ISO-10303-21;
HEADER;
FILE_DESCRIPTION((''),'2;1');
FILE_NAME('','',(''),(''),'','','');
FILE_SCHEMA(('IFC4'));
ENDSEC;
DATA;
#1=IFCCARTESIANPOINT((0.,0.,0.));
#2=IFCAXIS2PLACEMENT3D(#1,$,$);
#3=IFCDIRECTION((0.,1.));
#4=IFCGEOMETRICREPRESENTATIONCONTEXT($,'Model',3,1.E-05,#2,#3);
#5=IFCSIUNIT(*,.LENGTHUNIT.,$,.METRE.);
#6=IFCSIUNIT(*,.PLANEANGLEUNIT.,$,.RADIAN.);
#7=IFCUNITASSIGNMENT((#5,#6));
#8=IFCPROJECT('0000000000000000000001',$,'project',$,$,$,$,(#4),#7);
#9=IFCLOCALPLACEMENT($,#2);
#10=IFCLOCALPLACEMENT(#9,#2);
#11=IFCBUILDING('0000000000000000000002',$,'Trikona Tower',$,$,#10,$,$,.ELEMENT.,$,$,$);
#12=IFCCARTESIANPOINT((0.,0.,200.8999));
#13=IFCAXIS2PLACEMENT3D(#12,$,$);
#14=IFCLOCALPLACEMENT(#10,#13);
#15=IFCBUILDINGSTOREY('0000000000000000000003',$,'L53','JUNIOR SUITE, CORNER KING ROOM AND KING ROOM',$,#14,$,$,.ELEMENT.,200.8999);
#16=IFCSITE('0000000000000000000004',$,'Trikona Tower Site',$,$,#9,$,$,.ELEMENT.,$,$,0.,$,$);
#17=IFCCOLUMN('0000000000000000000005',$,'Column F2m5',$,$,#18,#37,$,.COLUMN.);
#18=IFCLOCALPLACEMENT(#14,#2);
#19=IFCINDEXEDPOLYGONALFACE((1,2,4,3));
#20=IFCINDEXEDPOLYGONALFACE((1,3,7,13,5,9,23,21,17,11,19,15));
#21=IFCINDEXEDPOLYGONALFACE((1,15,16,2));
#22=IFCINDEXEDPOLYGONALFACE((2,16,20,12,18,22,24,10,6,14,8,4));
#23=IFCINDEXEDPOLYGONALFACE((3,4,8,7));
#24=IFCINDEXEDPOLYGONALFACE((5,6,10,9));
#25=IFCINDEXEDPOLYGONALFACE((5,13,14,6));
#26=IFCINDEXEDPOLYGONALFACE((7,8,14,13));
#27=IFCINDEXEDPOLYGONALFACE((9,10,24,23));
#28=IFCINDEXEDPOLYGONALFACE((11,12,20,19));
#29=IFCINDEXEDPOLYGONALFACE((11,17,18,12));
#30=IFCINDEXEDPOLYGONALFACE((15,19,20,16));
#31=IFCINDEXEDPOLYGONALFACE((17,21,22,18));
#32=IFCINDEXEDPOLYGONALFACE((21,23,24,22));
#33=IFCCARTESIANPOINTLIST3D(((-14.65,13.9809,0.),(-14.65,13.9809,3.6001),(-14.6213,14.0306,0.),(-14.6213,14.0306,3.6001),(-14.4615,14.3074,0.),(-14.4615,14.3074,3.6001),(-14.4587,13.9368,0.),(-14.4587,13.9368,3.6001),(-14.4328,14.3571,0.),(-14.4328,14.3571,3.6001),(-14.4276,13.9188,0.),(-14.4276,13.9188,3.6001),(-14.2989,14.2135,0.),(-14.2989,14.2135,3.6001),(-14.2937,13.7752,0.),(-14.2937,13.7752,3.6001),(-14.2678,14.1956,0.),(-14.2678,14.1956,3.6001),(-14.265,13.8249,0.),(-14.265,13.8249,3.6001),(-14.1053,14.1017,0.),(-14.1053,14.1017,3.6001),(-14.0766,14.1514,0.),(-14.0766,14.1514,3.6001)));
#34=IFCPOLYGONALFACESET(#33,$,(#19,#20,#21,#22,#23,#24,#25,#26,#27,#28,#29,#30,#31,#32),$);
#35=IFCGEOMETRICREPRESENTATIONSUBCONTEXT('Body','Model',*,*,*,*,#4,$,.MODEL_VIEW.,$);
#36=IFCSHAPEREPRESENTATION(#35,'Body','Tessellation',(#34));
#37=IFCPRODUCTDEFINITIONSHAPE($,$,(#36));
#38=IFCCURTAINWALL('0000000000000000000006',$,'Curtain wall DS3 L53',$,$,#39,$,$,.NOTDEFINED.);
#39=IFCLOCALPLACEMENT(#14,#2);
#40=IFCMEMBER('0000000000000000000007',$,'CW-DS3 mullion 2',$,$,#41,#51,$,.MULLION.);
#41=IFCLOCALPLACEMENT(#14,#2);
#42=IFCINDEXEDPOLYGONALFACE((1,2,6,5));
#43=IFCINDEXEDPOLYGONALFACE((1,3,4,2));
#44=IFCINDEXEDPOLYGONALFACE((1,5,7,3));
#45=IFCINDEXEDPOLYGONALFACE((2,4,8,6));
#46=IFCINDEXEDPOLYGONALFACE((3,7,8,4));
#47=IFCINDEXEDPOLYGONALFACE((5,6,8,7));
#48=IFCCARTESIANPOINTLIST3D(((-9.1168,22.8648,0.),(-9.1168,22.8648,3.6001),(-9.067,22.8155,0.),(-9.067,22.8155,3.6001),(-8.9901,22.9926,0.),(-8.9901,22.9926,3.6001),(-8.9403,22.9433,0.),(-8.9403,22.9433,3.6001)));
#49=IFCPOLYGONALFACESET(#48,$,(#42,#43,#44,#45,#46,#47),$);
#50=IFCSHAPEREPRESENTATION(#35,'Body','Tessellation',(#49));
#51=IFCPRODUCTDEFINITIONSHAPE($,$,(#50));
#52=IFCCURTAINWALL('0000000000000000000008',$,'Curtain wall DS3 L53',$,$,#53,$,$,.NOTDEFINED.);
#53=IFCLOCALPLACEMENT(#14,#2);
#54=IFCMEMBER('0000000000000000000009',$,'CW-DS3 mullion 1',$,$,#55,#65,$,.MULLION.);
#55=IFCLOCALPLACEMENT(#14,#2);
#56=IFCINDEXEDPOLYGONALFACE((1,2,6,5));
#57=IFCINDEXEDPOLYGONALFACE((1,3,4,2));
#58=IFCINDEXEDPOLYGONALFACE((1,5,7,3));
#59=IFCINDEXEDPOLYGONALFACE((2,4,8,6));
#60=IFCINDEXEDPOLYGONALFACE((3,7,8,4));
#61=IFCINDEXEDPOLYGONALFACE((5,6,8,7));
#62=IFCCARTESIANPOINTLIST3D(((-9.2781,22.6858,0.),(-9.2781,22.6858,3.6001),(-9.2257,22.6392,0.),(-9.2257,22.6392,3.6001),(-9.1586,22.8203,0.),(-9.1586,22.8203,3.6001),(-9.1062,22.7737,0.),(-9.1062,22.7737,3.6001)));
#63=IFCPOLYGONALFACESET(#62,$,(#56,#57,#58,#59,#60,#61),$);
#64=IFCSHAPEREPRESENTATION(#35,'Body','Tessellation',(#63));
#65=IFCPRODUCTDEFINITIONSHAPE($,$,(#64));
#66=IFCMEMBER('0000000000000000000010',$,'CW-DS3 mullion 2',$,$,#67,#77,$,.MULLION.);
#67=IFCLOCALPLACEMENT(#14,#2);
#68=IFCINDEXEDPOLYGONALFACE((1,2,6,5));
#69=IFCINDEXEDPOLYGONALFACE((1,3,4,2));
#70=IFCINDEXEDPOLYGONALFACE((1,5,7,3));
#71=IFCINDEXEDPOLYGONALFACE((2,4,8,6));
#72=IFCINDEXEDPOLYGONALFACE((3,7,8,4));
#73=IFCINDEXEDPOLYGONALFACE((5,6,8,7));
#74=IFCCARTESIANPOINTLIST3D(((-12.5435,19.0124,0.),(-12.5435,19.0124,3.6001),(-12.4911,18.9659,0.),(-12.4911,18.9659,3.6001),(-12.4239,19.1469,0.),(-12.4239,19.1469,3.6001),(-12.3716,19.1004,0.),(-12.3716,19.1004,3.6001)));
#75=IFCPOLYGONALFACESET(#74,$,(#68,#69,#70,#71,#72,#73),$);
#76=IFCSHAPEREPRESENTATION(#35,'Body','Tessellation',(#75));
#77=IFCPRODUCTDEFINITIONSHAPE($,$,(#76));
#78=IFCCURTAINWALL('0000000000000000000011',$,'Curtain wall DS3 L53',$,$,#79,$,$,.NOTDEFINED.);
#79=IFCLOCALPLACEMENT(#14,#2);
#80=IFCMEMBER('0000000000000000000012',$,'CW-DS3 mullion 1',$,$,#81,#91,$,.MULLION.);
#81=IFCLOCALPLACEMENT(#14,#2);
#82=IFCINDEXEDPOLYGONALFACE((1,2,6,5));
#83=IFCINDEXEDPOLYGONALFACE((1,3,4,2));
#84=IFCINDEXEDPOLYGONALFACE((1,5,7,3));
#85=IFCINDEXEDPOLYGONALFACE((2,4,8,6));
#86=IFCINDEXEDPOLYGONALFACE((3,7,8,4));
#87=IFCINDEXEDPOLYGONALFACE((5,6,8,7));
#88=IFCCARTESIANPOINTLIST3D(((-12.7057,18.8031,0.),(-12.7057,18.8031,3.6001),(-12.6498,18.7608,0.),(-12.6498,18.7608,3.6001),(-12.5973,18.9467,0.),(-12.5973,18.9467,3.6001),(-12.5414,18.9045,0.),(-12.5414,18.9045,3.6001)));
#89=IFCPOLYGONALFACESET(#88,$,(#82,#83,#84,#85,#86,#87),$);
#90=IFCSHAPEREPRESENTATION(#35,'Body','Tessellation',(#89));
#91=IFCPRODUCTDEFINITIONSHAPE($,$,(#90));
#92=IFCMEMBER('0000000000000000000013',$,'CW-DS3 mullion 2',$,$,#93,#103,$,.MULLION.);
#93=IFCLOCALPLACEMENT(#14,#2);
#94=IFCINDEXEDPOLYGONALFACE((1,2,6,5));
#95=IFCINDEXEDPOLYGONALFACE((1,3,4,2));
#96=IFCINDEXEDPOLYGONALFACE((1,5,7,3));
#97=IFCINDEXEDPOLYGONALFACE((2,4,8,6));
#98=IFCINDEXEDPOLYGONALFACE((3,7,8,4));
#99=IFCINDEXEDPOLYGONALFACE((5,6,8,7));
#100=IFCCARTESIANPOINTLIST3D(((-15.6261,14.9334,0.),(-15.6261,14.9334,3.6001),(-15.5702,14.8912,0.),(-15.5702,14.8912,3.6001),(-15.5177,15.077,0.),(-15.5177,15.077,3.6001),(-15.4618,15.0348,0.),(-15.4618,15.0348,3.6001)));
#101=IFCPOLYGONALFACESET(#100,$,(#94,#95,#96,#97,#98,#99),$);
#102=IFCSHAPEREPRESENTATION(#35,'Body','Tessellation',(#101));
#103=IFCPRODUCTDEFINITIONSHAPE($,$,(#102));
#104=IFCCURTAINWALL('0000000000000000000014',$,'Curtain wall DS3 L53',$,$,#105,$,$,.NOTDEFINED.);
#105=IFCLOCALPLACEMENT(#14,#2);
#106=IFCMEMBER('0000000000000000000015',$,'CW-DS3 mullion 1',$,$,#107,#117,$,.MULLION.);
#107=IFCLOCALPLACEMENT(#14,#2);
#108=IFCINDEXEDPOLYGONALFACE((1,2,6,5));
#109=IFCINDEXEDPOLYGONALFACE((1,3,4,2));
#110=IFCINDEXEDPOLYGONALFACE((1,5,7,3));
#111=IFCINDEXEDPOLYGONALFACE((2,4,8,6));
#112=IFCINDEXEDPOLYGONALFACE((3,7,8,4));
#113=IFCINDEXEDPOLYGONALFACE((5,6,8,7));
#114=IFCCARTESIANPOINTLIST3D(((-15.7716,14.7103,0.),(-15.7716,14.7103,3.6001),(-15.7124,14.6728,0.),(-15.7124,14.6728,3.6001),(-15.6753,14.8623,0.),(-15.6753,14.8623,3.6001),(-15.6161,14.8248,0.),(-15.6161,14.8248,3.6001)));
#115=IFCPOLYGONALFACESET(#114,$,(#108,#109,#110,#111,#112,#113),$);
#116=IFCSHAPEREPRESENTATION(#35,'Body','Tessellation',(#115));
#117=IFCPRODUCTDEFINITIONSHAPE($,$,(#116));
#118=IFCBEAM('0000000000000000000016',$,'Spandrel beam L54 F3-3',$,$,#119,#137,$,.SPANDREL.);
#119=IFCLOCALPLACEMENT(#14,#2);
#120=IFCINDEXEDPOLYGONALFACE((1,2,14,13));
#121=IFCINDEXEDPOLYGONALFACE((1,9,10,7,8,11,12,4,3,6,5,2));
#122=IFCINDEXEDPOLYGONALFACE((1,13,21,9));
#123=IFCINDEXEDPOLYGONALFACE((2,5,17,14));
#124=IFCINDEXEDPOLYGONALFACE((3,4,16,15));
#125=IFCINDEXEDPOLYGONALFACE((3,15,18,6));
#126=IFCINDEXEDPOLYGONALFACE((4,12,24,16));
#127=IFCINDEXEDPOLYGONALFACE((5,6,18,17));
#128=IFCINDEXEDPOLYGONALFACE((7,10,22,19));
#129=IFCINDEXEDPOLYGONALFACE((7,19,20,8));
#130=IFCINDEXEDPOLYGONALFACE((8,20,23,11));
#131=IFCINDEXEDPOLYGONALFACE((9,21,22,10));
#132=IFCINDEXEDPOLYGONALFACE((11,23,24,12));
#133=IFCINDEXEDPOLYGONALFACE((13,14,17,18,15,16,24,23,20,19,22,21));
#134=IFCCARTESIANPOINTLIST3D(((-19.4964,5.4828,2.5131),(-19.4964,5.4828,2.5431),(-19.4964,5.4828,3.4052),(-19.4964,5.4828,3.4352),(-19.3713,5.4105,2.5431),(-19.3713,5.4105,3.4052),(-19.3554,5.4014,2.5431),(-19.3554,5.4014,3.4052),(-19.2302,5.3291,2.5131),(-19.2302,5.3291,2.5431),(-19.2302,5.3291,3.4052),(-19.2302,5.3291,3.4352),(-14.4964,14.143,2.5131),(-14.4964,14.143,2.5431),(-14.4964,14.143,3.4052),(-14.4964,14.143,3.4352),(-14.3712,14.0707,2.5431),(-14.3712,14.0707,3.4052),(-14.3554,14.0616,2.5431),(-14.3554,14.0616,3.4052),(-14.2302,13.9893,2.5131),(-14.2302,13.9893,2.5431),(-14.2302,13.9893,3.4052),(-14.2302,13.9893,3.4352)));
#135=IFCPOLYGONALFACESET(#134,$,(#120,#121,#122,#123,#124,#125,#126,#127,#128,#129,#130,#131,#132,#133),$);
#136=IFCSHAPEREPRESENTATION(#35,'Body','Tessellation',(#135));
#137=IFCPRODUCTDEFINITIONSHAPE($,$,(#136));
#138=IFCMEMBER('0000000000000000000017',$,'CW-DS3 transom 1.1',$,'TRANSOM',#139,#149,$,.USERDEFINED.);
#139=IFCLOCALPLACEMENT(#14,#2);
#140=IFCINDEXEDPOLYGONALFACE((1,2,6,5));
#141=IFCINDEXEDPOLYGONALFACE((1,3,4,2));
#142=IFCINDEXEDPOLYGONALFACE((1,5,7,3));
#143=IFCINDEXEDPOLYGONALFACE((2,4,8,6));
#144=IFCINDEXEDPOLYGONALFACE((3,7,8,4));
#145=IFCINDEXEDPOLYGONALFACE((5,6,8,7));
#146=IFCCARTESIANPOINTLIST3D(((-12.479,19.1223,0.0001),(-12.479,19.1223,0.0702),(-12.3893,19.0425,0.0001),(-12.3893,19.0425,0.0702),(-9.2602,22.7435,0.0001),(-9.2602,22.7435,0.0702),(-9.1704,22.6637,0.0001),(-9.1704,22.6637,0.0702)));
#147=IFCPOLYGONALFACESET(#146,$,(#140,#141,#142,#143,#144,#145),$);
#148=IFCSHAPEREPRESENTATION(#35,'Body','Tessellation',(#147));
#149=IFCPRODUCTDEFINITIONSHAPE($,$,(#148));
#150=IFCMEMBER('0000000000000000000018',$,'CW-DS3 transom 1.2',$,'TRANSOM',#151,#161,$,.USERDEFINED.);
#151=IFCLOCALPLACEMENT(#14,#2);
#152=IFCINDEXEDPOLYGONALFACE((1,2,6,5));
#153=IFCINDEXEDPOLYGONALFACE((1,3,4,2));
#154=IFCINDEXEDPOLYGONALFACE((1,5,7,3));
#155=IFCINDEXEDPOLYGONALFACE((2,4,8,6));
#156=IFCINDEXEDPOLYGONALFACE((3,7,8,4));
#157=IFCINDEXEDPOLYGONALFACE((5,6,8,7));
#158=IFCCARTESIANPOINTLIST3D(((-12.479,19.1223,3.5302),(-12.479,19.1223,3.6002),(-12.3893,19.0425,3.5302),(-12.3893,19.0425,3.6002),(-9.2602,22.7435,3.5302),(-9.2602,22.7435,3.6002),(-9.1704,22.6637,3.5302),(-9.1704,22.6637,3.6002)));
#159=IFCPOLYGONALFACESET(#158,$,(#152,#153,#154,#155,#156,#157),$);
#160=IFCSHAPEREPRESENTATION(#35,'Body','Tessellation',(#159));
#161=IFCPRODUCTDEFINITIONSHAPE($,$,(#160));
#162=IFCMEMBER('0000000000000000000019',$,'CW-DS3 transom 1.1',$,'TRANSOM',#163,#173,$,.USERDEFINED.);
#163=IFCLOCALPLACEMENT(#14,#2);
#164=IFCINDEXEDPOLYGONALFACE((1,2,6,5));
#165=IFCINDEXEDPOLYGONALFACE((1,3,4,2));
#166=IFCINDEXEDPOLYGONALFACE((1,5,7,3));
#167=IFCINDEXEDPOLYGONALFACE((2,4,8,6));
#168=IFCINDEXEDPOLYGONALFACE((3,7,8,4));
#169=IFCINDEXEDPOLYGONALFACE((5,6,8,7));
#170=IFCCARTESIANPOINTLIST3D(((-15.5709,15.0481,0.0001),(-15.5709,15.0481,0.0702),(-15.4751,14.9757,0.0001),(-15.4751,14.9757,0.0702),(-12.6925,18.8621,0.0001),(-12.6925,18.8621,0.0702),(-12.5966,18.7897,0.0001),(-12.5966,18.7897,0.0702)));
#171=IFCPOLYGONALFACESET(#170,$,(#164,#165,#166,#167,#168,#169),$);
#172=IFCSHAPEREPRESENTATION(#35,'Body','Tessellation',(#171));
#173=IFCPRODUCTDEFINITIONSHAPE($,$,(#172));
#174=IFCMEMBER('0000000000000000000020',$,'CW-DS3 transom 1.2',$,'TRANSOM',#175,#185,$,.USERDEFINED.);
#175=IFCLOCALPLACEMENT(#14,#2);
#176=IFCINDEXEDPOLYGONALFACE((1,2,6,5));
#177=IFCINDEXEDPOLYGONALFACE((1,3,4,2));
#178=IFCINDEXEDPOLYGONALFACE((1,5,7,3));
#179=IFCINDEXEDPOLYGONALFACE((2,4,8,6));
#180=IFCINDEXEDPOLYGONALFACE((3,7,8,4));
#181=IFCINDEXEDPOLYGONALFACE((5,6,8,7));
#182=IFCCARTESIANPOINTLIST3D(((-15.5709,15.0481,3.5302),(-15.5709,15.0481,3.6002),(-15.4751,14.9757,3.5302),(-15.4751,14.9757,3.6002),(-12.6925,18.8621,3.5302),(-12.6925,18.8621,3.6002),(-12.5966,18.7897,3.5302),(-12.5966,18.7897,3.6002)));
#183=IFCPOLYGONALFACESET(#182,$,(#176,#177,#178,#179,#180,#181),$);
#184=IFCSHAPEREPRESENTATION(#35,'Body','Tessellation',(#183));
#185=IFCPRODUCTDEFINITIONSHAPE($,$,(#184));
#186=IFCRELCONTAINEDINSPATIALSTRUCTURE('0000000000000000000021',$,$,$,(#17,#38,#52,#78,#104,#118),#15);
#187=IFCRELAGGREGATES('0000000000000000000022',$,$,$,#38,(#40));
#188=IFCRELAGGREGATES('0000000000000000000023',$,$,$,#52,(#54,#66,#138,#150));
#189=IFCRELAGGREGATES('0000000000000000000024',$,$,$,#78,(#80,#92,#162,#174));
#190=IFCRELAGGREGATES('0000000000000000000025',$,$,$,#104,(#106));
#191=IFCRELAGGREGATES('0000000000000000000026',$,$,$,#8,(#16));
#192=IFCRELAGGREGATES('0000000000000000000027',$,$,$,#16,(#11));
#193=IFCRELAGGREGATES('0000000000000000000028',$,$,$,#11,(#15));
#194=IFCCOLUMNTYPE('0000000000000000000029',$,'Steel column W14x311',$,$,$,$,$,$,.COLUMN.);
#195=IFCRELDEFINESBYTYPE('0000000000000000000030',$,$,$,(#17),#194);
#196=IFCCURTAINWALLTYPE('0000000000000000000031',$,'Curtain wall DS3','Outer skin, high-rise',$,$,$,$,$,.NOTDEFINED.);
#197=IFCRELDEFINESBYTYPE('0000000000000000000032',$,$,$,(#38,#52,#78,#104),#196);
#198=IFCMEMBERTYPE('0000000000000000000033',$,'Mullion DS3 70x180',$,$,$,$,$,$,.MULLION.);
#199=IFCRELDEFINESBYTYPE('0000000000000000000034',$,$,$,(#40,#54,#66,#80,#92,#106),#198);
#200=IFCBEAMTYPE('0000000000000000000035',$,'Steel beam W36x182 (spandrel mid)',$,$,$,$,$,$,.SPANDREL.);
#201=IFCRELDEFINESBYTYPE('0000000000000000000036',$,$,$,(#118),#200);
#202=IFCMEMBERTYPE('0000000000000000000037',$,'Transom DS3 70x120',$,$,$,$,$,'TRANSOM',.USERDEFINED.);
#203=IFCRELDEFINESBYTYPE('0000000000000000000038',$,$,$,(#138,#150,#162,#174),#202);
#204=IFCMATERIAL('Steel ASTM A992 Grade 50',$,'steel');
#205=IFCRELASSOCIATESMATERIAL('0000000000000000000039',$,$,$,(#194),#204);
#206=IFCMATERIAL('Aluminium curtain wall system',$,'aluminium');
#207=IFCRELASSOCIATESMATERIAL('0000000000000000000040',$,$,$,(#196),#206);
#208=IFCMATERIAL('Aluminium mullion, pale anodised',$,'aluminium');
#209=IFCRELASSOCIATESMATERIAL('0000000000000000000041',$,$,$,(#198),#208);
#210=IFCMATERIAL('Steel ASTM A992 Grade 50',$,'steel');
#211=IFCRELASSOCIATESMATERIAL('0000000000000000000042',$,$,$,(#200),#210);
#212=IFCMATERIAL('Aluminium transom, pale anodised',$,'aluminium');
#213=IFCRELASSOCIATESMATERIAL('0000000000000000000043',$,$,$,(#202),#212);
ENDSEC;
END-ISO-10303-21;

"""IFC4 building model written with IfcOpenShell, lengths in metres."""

from ifc_helpers import new_model, si_unit, direction, frame, origin, origin_2d, place, context, subcontext, project, spatial, rectangle, i_section, extrude, material, material_profile, profile_set, type_object, element, aggregate, save


model = new_model("IFC4")

# Units and contexts
model_context = context("Model", 3, precision=1e-05, world=origin(), true_north=direction((0.0, 1.0)))
body_context = subcontext(model_context, "Body", "Model", "MODEL_VIEW")
ifc_project = project(units=[si_unit("LENGTHUNIT", "METRE"), si_unit("PLANEANGLEUNIT", "RADIAN")], contexts=[model_context])

# Site, building, storey
site_placement = place(None, origin())
site = spatial("IfcSite", under=ifc_project, at=site_placement, Name="Trikona Tower Site", CompositionType="ELEMENT", RefElevation=0.0)
building_placement = place(site_placement, origin())
building = spatial("IfcBuilding", under=site, at=building_placement, Name="Trikona Tower", CompositionType="ELEMENT")
storey_placement = place(building_placement, frame((0.0, 0.0, 200.8999)))
storey = spatial("IfcBuildingStorey", under=building, at=storey_placement, Name="L53", Description="JUNIOR SUITE, CORNER KING ROOM AND KING ROOM", CompositionType="ELEMENT", Elevation=200.8999)

# Column
ifc_material_1 = material(Name="Steel ASTM A992 Grade 50", Category="steel")
ifc_material_profile_1 = material_profile(ifc_material_1, i_section(OverallWidth=0.4114, OverallDepth=0.4343, WebThickness=0.0359, FlangeThickness=0.0574, at=origin_2d()), Name="W14X311")
ifc_profile_set_1 = profile_set([ifc_material_profile_1], Name="Steel ASTM A992 Grade 50")
column_type = type_object("IfcColumnType", Name="Steel column W14x311", PredefinedType="COLUMN", material=ifc_profile_set_1)
column_placement = place(storey_placement, frame((-14.3633, 14.0662, 0.0), z_axis=(0.0, 0.0, 1.0), x_axis=(-0.866025, 0.5, 0.0)))
element("IfcColumn", 1, at=column_placement, inside=storey, type_object=column_type, Name="Column F2m5", PredefinedType="COLUMN", context=body_context, shape_type="SweptSolid", body=[
    extrude(i_section(OverallWidth=0.4114, OverallDepth=0.4343, WebThickness=0.0359, FlangeThickness=0.0574, at=origin_2d()), origin(), (0.0, 0.0, 1.0), 3.6001),
])

# Curtain wall, member
ifc_material_2 = material(Name="Aluminium curtain wall system", Category="aluminium")
curtain_wall_type = type_object("IfcCurtainWallType", Name="Curtain wall DS3", Description="Outer skin, high-rise", PredefinedType="NOTDEFINED", material=ifc_material_2)
curtain_wall_1_placement = place(storey_placement, origin())
curtain_wall_1 = element("IfcCurtainWall", 2, at=curtain_wall_1_placement, inside=storey, type_object=curtain_wall_type, Name="Curtain wall DS3 L53", PredefinedType="NOTDEFINED")
ifc_material_3 = material(Name="Aluminium mullion, pale anodised", Category="aluminium")
ifc_material_profile_2 = material_profile(ifc_material_3, rectangle(XDim=0.0701, YDim=0.1799, at=origin_2d()), Name="MUL-DS3")
ifc_profile_set_2 = profile_set([ifc_material_profile_2], Name="Aluminium mullion, pale anodised")
member_type_1 = type_object("IfcMemberType", Name="Mullion DS3 70x180", PredefinedType="MULLION", material=ifc_profile_set_2)
member_1_placement = place(storey_placement, frame((-9.0286, 22.9041, 0.0), z_axis=(0.0, 0.0, 1.0), x_axis=(0.710052, -0.704149, 0.0)))
member_1 = element("IfcMember", 3, at=member_1_placement, type_object=member_type_1, Name="CW-DS3 mullion 2", PredefinedType="MULLION", context=body_context, shape_type="SweptSolid", body=[
    extrude(rectangle(XDim=0.0701, YDim=0.1799, at=origin_2d()), origin(), (0.0, 0.0, 1.0), 3.6001),
])
aggregate(curtain_wall_1, [member_1])

# Curtain walls, members
curtain_wall_2_placement = place(storey_placement, origin())
curtain_wall_2 = element("IfcCurtainWall", 4, at=curtain_wall_2_placement, inside=storey, type_object=curtain_wall_type, Name="Curtain wall DS3 L53", PredefinedType="NOTDEFINED")
member_2_placement = place(storey_placement, frame((-9.1921, 22.7297, 0.0), z_axis=(0.0, 0.0, 1.0), x_axis=(0.747403, -0.664371, 0.0)))
member_2 = element("IfcMember", 5, at=member_2_placement, type_object=member_type_1, Name="CW-DS3 mullion 1", PredefinedType="MULLION", context=body_context, shape_type="SweptSolid", body=[
    extrude(rectangle(XDim=0.0701, YDim=0.1799, at=origin_2d()), origin(), (0.0, 0.0, 1.0), 3.6001),
])
member_3_placement = place(storey_placement, frame((-12.4575, 19.0564, 0.0), z_axis=(0.0, 0.0, 1.0), x_axis=(0.747403, -0.664371, 0.0)))
member_3 = element("IfcMember", 6, at=member_3_placement, type_object=member_type_1, Name="CW-DS3 mullion 2", PredefinedType="MULLION", context=body_context, shape_type="SweptSolid", body=[
    extrude(rectangle(XDim=0.0701, YDim=0.1799, at=origin_2d()), origin(), (0.0, 0.0, 1.0), 3.6001),
])
curtain_wall_3_placement = place(storey_placement, origin())
curtain_wall_3 = element("IfcCurtainWall", 7, at=curtain_wall_3_placement, inside=storey, type_object=curtain_wall_type, Name="Curtain wall DS3 L53", PredefinedType="NOTDEFINED")
member_4_placement = place(storey_placement, frame((-12.6235, 18.8538, 0.0), z_axis=(0.0, 0.0, 1.0), x_axis=(0.798193, -0.602402, 0.0)))
member_4 = element("IfcMember", 8, at=member_4_placement, type_object=member_type_1, Name="CW-DS3 mullion 1", PredefinedType="MULLION", context=body_context, shape_type="SweptSolid", body=[
    extrude(rectangle(XDim=0.0701, YDim=0.1799, at=origin_2d()), origin(), (0.0, 0.0, 1.0), 3.6001),
])
member_5_placement = place(storey_placement, frame((-15.5439, 14.9841, 0.0), z_axis=(0.0, 0.0, 1.0), x_axis=(0.798193, -0.602402, 0.0)))
member_5 = element("IfcMember", 9, at=member_5_placement, type_object=member_type_1, Name="CW-DS3 mullion 2", PredefinedType="MULLION", context=body_context, shape_type="SweptSolid", body=[
    extrude(rectangle(XDim=0.0701, YDim=0.1799, at=origin_2d()), origin(), (0.0, 0.0, 1.0), 3.6001),
])

# Curtain wall, member
curtain_wall_4_placement = place(storey_placement, origin())
curtain_wall_4 = element("IfcCurtainWall", 10, at=curtain_wall_4_placement, inside=storey, type_object=curtain_wall_type, Name="Curtain wall DS3 L53", PredefinedType="NOTDEFINED")
member_6_placement = place(storey_placement, frame((-15.6938, 14.7676, 0.0), z_axis=(0.0, 0.0, 1.0), x_axis=(0.844727, -0.535197, 0.0)))
member_6 = element("IfcMember", 11, at=member_6_placement, type_object=member_type_1, Name="CW-DS3 mullion 1", PredefinedType="MULLION", context=body_context, shape_type="SweptSolid", body=[
    extrude(rectangle(XDim=0.0701, YDim=0.1799, at=origin_2d()), origin(), (0.0, 0.0, 1.0), 3.6001),
])

# Beam
ifc_material_4 = material(Name="Steel ASTM A992 Grade 50", Category="steel")
ifc_material_profile_3 = material_profile(ifc_material_4, i_section(OverallWidth=0.3074, OverallDepth=0.9221, WebThickness=0.0183, FlangeThickness=0.03, at=origin_2d()), Name="W36X182")
ifc_profile_set_3 = profile_set([ifc_material_profile_3], Name="Steel ASTM A992 Grade 50")
beam_type = type_object("IfcBeamType", Name="Steel beam W36x182 (spandrel mid)", PredefinedType="SPANDREL", material=ifc_profile_set_3)
beam_placement = place(storey_placement, frame((-14.3633, 14.0662, 2.9741), z_axis=(-0.500004, -0.866023, 0.0), x_axis=(0.866023, -0.500004, 0.0)))
element("IfcBeam", 12, at=beam_placement, inside=storey, type_object=beam_type, Name="Spandrel beam L54 F3-3", PredefinedType="SPANDREL", context=body_context, shape_type="SweptSolid", body=[
    extrude(i_section(OverallWidth=0.3074, OverallDepth=0.9221, WebThickness=0.0183, FlangeThickness=0.03, at=origin_2d()), origin(), (0.0, 0.0, 1.0), 10.0),
])

# Members
ifc_material_5 = material(Name="Aluminium transom, pale anodised", Category="aluminium")
ifc_material_profile_4 = material_profile(ifc_material_5, rectangle(XDim=0.1201, YDim=0.0701, at=origin_2d()), Name="TRN-DS3")
ifc_profile_set_4 = profile_set([ifc_material_profile_4], Name="Aluminium transom, pale anodised")
member_type_2 = type_object("IfcMemberType", Name="Transom DS3 70x120", ElementType="TRANSOM", PredefinedType="USERDEFINED", material=ifc_profile_set_4)
member_7_placement = place(storey_placement, frame((-9.2153, 22.7036, 0.0352), z_axis=(-0.664364, -0.747409, 0.0), x_axis=(0.747409, -0.664364, 0.0)))
member_7 = element("IfcMember", 13, at=member_7_placement, type_object=member_type_2, Name="CW-DS3 transom 1.1", ObjectType="TRANSOM", PredefinedType="USERDEFINED", context=body_context, shape_type="SweptSolid", body=[
    extrude(rectangle(XDim=0.1201, YDim=0.0701, at=origin_2d()), origin(), (0.0, 0.0, 1.0), 4.845),
])
member_8_placement = place(storey_placement, frame((-9.2153, 22.7036, 3.5652), z_axis=(-0.664364, -0.747409, 0.0), x_axis=(0.747409, -0.664364, 0.0)))
member_8 = element("IfcMember", 14, at=member_8_placement, type_object=member_type_2, Name="CW-DS3 transom 1.2", ObjectType="TRANSOM", PredefinedType="USERDEFINED", context=body_context, shape_type="SweptSolid", body=[
    extrude(rectangle(XDim=0.1201, YDim=0.0701, at=origin_2d()), origin(), (0.0, 0.0, 1.0), 4.845),
])
member_9_placement = place(storey_placement, frame((-12.6445, 18.8259, 0.0352), z_axis=(-0.602401, -0.798194, 0.0), x_axis=(0.798194, -0.602401, 0.0)))
member_9 = element("IfcMember", 15, at=member_9_placement, type_object=member_type_2, Name="CW-DS3 transom 1.1", ObjectType="TRANSOM", PredefinedType="USERDEFINED", context=body_context, shape_type="SweptSolid", body=[
    extrude(rectangle(XDim=0.1201, YDim=0.0701, at=origin_2d()), origin(), (0.0, 0.0, 1.0), 4.7783),
])
member_10_placement = place(storey_placement, frame((-12.6445, 18.8259, 3.5652), z_axis=(-0.602401, -0.798194, 0.0), x_axis=(0.798194, -0.602401, 0.0)))
member_10 = element("IfcMember", 16, at=member_10_placement, type_object=member_type_2, Name="CW-DS3 transom 1.2", ObjectType="TRANSOM", PredefinedType="USERDEFINED", context=body_context, shape_type="SweptSolid", body=[
    extrude(rectangle(XDim=0.1201, YDim=0.0701, at=origin_2d()), origin(), (0.0, 0.0, 1.0), 4.7783),
])

aggregate(curtain_wall_2, [member_2, member_3, member_7, member_8])
aggregate(curtain_wall_3, [member_4, member_5, member_9, member_10])
aggregate(curtain_wall_4, [member_6])

save(model, "model.ifc")
